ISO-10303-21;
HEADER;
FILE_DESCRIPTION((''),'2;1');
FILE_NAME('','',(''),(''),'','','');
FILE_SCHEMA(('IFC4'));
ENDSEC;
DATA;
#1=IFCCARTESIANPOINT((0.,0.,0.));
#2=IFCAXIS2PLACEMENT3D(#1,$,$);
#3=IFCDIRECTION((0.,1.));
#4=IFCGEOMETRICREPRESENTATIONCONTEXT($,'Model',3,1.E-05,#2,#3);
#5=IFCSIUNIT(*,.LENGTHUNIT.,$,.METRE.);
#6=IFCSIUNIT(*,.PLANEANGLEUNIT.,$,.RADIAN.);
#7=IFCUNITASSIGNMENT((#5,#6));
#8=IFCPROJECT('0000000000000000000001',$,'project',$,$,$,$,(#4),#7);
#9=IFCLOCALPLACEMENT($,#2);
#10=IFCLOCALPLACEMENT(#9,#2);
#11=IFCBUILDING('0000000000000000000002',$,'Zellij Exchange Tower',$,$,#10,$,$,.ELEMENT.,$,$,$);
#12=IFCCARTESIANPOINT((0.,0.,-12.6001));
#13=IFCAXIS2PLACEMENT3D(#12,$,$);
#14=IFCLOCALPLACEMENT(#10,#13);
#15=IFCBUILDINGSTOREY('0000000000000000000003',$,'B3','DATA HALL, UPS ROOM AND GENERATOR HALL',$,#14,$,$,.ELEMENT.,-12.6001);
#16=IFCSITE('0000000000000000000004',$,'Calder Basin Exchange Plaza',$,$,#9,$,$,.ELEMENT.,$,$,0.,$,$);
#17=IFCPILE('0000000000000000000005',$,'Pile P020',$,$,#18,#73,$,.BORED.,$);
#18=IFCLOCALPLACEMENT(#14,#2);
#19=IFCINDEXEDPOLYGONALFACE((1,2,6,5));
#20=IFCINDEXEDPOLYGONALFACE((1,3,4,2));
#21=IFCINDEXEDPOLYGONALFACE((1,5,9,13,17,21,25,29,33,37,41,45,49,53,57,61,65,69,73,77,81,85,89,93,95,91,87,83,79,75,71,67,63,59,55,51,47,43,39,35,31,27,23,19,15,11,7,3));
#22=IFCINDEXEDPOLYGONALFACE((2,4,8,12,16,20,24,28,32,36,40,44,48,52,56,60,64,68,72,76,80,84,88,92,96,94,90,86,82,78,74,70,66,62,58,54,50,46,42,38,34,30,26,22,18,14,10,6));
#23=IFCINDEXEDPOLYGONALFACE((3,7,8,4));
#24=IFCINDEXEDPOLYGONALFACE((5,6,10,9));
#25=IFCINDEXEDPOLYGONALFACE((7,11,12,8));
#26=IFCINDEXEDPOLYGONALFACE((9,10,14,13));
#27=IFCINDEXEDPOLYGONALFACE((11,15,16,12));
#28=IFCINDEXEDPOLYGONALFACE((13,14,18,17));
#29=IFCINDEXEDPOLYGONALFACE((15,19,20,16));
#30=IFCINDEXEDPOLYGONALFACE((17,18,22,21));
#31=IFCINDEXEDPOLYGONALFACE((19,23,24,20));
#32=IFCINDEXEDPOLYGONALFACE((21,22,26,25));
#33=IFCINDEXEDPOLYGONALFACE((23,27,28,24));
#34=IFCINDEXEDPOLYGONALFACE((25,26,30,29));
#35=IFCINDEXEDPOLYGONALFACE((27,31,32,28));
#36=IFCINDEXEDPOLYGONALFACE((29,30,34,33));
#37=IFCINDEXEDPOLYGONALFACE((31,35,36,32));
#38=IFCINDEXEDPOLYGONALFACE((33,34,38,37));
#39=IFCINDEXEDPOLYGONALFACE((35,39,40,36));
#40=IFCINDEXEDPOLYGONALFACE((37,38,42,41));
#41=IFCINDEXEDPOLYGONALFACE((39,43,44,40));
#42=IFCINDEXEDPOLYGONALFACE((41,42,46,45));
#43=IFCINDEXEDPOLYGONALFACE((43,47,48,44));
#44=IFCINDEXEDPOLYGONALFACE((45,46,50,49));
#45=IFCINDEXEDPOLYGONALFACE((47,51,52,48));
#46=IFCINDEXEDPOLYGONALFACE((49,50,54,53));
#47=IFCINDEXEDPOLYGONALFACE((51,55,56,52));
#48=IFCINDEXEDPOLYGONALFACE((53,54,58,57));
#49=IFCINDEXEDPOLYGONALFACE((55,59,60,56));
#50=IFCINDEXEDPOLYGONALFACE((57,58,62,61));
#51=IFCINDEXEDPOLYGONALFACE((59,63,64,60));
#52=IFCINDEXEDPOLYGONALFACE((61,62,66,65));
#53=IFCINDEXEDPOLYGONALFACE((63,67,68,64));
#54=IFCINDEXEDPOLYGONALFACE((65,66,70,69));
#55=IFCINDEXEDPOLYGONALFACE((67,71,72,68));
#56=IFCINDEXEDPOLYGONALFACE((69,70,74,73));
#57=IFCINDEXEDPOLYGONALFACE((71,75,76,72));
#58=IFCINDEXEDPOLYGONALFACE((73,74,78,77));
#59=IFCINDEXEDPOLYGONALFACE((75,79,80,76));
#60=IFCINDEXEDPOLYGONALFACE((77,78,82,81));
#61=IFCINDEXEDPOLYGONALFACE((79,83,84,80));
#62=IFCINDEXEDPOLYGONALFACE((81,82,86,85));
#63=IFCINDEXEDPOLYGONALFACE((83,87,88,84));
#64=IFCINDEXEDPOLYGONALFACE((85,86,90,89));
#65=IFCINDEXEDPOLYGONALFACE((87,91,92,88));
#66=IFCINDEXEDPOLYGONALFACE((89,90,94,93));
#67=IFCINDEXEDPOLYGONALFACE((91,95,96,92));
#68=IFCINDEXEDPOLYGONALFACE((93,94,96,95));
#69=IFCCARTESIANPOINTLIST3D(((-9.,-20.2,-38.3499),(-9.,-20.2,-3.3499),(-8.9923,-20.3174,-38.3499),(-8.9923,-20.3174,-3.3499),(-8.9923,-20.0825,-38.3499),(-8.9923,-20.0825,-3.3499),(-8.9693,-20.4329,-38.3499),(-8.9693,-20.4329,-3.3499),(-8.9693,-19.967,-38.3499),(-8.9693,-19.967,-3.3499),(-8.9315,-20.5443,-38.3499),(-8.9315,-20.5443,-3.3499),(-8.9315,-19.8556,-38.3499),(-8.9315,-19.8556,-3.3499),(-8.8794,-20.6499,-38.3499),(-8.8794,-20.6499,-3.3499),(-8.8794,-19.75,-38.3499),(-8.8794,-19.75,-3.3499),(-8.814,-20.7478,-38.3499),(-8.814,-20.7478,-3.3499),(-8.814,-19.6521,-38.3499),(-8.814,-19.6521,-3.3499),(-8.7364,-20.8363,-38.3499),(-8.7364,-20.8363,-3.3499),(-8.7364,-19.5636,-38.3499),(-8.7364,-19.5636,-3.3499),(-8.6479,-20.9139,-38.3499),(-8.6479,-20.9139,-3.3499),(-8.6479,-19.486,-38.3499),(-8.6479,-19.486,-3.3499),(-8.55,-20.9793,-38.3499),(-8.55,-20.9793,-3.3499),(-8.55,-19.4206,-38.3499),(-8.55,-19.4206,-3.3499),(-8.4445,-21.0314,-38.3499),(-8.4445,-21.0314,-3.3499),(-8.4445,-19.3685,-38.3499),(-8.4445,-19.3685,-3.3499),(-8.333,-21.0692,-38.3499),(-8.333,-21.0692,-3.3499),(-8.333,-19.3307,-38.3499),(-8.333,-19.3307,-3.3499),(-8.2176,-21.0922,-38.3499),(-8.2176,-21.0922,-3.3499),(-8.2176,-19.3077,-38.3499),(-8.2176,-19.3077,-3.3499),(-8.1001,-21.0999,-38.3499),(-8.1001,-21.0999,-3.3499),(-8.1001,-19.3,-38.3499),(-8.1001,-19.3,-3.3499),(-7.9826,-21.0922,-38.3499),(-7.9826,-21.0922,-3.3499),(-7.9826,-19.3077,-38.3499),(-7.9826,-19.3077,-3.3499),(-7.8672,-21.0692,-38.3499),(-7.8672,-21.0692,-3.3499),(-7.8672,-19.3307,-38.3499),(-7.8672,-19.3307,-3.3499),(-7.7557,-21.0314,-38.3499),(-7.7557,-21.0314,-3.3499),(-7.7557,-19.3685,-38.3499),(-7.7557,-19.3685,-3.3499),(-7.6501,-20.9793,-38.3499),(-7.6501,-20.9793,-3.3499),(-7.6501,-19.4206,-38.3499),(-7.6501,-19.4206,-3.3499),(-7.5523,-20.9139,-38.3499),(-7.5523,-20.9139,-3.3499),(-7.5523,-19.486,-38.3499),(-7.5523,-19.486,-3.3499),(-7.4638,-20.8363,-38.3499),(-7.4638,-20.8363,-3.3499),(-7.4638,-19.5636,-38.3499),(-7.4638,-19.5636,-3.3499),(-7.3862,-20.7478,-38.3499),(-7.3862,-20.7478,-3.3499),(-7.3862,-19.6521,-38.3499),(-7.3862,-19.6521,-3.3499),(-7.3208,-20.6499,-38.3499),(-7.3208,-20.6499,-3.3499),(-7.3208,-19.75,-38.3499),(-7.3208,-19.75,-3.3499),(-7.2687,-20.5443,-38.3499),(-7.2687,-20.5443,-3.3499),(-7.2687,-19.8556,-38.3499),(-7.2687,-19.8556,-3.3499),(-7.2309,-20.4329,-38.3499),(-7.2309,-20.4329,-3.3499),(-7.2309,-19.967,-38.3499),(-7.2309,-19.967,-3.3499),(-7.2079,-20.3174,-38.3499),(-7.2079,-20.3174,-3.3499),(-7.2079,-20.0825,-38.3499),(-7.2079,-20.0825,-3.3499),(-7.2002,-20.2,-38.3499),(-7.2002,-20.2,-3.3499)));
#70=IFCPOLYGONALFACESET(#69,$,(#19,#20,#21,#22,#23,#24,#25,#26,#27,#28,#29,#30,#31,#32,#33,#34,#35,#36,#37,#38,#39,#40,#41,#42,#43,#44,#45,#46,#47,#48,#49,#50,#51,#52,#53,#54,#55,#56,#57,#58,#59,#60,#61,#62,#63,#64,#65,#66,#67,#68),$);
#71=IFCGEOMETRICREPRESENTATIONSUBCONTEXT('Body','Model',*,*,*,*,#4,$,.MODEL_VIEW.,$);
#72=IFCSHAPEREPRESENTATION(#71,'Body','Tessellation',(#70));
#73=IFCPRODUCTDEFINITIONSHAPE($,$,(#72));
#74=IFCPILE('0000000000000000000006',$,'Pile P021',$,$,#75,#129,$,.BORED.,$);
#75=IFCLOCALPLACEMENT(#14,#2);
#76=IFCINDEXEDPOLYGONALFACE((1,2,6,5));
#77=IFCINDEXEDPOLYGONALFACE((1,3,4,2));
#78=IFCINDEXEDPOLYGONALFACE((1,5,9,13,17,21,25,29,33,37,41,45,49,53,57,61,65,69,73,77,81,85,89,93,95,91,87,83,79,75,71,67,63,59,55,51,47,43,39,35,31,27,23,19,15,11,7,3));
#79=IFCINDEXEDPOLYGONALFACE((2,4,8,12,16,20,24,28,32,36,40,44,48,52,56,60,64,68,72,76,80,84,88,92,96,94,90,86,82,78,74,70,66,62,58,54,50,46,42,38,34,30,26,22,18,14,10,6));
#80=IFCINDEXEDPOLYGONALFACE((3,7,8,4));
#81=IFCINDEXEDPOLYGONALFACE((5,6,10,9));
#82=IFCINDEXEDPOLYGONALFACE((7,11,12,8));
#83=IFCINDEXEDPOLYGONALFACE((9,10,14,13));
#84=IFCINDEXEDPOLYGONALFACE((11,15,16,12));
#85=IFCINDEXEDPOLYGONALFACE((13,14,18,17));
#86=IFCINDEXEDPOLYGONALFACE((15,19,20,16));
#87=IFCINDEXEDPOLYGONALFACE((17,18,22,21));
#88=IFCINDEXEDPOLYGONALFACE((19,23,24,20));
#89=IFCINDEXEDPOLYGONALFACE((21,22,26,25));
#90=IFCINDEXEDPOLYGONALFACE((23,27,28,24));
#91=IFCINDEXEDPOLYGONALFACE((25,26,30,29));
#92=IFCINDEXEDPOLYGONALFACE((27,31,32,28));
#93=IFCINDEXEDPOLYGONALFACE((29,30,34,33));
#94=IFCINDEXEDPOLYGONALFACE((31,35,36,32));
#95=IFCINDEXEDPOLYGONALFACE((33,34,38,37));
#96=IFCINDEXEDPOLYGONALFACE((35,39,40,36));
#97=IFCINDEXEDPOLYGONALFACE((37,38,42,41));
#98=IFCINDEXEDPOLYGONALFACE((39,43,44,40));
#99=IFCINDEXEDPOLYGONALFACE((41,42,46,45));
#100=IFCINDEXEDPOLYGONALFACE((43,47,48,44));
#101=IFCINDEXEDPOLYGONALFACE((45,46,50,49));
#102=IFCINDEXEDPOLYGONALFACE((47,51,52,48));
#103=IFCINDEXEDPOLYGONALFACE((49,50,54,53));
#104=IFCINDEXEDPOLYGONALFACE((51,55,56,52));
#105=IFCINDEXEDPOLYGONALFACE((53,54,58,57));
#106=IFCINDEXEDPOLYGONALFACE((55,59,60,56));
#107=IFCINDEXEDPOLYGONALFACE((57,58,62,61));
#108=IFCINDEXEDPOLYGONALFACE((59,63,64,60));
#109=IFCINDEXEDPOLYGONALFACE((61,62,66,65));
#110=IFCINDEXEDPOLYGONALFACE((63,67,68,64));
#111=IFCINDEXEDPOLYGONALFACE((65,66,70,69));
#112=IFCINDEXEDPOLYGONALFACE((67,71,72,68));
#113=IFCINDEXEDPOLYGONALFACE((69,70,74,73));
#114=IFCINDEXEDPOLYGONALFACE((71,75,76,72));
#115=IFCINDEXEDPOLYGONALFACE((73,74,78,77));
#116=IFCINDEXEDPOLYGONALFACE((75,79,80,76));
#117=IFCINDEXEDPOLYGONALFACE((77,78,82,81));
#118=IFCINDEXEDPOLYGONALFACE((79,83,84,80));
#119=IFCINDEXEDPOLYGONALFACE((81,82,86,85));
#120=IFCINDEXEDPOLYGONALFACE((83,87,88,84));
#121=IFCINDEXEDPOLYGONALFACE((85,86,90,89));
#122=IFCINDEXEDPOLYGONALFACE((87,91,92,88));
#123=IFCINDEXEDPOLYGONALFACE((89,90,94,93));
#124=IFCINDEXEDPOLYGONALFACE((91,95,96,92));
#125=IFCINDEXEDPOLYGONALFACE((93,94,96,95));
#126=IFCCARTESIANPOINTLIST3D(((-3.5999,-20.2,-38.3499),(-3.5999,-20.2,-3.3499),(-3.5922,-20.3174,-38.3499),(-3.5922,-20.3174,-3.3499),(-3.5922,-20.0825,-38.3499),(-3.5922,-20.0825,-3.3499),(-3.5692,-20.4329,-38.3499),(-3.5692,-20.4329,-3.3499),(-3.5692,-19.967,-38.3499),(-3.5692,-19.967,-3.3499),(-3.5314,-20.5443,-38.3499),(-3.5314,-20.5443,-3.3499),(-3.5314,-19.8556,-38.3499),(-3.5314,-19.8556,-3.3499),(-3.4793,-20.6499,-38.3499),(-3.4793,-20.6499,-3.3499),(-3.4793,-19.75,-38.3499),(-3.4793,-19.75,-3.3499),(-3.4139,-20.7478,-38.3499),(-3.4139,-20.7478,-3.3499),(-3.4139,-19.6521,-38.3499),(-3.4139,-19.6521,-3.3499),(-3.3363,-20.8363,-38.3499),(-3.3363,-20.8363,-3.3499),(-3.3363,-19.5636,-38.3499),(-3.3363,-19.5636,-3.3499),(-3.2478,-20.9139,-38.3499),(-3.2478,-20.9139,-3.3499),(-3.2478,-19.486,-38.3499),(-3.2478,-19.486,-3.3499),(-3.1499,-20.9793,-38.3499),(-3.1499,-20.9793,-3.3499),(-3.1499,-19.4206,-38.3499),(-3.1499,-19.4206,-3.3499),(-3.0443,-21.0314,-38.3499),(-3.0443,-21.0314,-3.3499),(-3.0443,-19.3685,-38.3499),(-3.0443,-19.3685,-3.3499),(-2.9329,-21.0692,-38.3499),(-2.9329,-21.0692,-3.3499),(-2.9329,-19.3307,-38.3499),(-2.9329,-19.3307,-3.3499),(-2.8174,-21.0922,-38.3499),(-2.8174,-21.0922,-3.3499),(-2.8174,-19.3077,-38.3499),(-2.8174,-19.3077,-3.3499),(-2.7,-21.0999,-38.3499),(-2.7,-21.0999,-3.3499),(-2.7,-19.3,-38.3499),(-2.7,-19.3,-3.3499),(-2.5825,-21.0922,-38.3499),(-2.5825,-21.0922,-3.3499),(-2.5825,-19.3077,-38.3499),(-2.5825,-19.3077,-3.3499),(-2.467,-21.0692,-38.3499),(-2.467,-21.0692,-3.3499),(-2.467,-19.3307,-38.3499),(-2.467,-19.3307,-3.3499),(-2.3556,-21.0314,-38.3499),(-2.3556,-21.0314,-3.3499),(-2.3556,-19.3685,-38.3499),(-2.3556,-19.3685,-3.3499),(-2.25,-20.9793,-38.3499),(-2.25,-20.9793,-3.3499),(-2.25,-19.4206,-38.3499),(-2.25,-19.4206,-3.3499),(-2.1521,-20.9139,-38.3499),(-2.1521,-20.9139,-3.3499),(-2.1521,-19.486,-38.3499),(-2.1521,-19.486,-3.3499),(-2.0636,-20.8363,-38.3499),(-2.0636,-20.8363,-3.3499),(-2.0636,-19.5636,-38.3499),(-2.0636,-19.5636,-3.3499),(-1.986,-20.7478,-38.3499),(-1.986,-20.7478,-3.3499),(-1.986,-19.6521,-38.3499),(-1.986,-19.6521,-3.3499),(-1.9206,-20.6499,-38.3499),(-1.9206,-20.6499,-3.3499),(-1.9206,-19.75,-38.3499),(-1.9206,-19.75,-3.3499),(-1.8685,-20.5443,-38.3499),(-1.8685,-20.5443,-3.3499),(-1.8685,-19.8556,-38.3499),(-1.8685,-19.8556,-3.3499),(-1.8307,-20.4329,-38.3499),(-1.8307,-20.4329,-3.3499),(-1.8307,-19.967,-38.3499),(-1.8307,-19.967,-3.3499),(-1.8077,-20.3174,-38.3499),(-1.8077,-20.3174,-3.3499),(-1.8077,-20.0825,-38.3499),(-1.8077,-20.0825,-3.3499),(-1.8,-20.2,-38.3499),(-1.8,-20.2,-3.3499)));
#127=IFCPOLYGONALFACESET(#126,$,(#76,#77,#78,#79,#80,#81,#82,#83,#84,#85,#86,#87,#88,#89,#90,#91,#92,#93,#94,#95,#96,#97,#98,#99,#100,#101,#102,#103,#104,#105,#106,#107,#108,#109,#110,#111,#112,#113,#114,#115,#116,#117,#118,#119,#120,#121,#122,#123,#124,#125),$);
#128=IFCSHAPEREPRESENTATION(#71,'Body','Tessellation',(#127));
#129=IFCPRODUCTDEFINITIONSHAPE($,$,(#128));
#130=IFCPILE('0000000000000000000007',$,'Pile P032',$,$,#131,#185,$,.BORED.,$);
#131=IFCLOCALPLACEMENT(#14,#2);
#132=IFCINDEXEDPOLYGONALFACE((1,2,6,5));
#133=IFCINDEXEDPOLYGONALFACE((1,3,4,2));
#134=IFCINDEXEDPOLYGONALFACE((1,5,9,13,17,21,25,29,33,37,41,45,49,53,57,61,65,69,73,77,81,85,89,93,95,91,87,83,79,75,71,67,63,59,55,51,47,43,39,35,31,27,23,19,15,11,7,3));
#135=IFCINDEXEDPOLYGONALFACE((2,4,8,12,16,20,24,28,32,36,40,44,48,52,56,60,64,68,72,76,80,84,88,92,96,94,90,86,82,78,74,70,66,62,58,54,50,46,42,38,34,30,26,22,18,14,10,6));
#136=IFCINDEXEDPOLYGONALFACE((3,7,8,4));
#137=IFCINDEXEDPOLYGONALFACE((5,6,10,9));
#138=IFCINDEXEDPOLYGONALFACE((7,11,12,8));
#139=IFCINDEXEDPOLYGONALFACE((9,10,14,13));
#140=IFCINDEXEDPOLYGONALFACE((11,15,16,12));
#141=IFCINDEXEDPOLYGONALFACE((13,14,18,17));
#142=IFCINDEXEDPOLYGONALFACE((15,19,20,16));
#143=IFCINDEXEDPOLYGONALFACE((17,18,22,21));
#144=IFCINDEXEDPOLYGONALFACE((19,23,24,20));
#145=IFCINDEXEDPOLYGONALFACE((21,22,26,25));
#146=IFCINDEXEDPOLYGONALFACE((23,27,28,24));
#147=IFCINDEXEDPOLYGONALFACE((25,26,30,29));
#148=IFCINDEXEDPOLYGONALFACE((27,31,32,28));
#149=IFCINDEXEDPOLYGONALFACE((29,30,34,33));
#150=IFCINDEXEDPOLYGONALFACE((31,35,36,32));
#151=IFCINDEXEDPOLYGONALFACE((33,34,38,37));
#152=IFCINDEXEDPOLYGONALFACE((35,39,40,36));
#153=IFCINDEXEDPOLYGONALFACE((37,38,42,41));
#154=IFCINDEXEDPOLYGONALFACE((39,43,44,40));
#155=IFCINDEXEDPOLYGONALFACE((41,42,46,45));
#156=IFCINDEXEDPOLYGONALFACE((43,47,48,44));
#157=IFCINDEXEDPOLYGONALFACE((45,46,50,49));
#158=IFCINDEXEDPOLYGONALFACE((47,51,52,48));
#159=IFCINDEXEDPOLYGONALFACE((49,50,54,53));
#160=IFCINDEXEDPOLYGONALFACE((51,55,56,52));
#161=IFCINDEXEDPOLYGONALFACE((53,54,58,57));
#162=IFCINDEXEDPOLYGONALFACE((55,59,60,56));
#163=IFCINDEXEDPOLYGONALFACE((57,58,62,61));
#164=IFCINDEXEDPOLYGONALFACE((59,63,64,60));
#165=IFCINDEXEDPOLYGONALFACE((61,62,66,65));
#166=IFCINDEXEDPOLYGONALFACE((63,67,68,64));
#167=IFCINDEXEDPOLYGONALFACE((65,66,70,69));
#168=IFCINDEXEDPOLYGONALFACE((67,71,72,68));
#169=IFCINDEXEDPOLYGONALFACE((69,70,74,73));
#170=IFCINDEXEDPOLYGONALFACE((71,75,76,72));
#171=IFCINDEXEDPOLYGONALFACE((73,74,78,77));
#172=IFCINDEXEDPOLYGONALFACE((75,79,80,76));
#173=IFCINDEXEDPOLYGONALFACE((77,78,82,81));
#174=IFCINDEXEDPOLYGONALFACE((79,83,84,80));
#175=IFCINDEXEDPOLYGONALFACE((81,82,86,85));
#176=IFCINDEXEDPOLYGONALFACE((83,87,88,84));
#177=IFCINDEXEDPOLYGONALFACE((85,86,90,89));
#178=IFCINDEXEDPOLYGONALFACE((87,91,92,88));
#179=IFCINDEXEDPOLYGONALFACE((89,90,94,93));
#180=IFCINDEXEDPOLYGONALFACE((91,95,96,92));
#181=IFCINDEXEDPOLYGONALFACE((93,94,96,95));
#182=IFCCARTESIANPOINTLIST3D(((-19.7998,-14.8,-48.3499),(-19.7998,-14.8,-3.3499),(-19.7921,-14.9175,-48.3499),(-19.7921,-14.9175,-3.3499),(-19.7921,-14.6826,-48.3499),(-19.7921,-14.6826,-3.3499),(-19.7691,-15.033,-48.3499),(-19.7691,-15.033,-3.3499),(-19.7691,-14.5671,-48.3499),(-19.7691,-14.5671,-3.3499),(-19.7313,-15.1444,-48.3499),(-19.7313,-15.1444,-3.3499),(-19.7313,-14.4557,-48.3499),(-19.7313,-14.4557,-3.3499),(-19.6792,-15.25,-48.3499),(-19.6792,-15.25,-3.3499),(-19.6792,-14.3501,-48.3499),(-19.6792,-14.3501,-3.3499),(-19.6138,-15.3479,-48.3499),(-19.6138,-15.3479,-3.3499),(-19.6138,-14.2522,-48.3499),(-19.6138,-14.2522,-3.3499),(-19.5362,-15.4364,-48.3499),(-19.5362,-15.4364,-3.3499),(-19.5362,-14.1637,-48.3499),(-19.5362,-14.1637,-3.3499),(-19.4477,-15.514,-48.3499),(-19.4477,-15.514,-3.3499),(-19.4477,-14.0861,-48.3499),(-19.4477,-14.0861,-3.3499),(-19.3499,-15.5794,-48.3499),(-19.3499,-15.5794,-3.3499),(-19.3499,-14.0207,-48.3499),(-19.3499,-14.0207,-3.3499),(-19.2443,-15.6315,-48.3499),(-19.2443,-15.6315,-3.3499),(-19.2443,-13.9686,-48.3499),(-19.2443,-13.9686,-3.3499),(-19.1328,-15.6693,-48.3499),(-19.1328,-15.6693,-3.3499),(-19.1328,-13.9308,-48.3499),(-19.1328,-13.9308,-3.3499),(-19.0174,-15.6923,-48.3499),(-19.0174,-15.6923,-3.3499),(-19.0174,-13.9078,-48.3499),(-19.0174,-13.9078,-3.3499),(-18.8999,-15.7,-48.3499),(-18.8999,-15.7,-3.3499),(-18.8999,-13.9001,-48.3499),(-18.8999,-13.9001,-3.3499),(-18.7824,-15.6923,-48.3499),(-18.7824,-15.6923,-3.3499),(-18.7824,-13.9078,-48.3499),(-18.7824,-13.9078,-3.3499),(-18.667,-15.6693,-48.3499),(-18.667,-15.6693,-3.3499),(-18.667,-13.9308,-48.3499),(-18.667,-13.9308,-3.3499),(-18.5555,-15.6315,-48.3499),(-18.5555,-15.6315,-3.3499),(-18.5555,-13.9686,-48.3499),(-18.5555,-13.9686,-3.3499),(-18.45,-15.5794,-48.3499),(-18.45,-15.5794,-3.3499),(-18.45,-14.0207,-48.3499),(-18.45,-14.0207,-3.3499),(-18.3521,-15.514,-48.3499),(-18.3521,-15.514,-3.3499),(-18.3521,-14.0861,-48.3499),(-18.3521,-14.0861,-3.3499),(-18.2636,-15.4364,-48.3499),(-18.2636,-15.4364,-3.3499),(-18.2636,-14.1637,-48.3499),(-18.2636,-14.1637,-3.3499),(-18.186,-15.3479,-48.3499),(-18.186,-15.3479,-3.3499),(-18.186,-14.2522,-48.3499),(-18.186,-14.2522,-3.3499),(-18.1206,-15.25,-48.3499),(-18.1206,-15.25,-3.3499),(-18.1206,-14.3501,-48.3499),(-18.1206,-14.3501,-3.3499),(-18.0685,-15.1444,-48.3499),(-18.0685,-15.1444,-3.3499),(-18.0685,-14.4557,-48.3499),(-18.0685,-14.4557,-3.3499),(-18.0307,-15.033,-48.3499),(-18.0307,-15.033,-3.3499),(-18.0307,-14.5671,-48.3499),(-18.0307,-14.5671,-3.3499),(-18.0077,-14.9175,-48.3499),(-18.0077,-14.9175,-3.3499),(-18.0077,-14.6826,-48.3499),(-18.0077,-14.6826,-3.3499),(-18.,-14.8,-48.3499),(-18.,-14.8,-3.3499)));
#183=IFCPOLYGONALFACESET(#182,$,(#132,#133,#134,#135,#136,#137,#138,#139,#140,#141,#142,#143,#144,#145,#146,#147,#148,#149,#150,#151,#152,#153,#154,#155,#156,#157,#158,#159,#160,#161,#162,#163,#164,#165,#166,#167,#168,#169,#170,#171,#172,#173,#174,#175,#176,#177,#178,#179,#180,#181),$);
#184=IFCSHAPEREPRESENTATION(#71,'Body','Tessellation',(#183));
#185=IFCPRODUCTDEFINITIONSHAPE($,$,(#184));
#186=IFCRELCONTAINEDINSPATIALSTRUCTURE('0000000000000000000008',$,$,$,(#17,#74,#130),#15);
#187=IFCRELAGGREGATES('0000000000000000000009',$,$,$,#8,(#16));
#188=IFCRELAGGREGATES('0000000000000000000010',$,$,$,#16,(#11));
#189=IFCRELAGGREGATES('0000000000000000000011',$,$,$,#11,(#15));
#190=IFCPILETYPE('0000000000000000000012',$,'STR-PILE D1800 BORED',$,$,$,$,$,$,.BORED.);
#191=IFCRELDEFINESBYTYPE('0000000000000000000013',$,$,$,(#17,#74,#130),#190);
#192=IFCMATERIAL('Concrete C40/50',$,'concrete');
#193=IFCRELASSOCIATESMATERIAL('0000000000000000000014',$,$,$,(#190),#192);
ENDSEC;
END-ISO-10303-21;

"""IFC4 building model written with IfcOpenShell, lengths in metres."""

from ifc_helpers import new_model, si_unit, direction, frame, origin, origin_2d, place, context, subcontext, project, spatial, circle, extrude, material, material_profile, profile_set, type_object, element, save


model = new_model("IFC4")

# Units and contexts
model_context = context("Model", 3, precision=1e-05, world=origin(), true_north=direction((0.0, 1.0)))
body_context = subcontext(model_context, "Body", "Model", "MODEL_VIEW")
ifc_project = project(units=[si_unit("LENGTHUNIT", "METRE"), si_unit("PLANEANGLEUNIT", "RADIAN")], contexts=[model_context])

# Site, building, storey
site_placement = place(None, origin())
site = spatial("IfcSite", under=ifc_project, at=site_placement, Name="Calder Basin Exchange Plaza", CompositionType="ELEMENT", RefElevation=0.0)
building_placement = place(site_placement, origin())
building = spatial("IfcBuilding", under=site, at=building_placement, Name="Zellij Exchange Tower", CompositionType="ELEMENT")
storey_placement = place(building_placement, frame((0.0, 0.0, -12.6001)))
storey = spatial("IfcBuildingStorey", under=building, at=storey_placement, Name="B3", Description="DATA HALL, UPS ROOM AND GENERATOR HALL", CompositionType="ELEMENT", Elevation=-12.6001)

# Piles
ifc_material_1 = material(Name="Concrete C40/50", Category="concrete")
ifc_material_profile_1 = material_profile(ifc_material_1, circle(Radius=0.8999, at=origin_2d()), Name="STR-PILE D1800 BORED")
ifc_profile_set_1 = profile_set([ifc_material_profile_1], Name="Concrete C40/50")
pile_type = type_object("IfcPileType", Name="STR-PILE D1800 BORED", PredefinedType="BORED", material=ifc_profile_set_1)
for number, where, z_axis, x_axis, name in (
    (1, (-8.1001, -20.2, -3.3499), (0.0, 0.0, -1.0), (1.0, 0.0, 0.0), "Pile P020"),
    (2, (-2.7, -20.2, -3.3499), (0.0, 0.0, -1.0), (1.0, 0.0, 0.0), "Pile P021"),
):
    element("IfcPile", number, at=place(storey_placement, frame(where, z_axis=z_axis, x_axis=x_axis)), inside=storey, type_object=pile_type, Name=name, PredefinedType="BORED", context=body_context, shape_type="SweptSolid", body=[
        extrude(circle(Radius=0.8999, at=origin_2d()), origin(), (0.0, 0.0, 1.0), 35.0),
    ])
for number, where, z_axis, x_axis, name in (
    (3, (-18.8999, -14.8, -3.3499), (0.0, 0.0, -1.0), (1.0, 0.0, 0.0), "Pile P032"),
):
    element("IfcPile", number, at=place(storey_placement, frame(where, z_axis=z_axis, x_axis=x_axis)), inside=storey, type_object=pile_type, Name=name, PredefinedType="BORED", context=body_context, shape_type="SweptSolid", body=[
        extrude(circle(Radius=0.8999, at=origin_2d()), origin(), (0.0, 0.0, 1.0), 45.0),
    ])

save(model, "model.ifc")
